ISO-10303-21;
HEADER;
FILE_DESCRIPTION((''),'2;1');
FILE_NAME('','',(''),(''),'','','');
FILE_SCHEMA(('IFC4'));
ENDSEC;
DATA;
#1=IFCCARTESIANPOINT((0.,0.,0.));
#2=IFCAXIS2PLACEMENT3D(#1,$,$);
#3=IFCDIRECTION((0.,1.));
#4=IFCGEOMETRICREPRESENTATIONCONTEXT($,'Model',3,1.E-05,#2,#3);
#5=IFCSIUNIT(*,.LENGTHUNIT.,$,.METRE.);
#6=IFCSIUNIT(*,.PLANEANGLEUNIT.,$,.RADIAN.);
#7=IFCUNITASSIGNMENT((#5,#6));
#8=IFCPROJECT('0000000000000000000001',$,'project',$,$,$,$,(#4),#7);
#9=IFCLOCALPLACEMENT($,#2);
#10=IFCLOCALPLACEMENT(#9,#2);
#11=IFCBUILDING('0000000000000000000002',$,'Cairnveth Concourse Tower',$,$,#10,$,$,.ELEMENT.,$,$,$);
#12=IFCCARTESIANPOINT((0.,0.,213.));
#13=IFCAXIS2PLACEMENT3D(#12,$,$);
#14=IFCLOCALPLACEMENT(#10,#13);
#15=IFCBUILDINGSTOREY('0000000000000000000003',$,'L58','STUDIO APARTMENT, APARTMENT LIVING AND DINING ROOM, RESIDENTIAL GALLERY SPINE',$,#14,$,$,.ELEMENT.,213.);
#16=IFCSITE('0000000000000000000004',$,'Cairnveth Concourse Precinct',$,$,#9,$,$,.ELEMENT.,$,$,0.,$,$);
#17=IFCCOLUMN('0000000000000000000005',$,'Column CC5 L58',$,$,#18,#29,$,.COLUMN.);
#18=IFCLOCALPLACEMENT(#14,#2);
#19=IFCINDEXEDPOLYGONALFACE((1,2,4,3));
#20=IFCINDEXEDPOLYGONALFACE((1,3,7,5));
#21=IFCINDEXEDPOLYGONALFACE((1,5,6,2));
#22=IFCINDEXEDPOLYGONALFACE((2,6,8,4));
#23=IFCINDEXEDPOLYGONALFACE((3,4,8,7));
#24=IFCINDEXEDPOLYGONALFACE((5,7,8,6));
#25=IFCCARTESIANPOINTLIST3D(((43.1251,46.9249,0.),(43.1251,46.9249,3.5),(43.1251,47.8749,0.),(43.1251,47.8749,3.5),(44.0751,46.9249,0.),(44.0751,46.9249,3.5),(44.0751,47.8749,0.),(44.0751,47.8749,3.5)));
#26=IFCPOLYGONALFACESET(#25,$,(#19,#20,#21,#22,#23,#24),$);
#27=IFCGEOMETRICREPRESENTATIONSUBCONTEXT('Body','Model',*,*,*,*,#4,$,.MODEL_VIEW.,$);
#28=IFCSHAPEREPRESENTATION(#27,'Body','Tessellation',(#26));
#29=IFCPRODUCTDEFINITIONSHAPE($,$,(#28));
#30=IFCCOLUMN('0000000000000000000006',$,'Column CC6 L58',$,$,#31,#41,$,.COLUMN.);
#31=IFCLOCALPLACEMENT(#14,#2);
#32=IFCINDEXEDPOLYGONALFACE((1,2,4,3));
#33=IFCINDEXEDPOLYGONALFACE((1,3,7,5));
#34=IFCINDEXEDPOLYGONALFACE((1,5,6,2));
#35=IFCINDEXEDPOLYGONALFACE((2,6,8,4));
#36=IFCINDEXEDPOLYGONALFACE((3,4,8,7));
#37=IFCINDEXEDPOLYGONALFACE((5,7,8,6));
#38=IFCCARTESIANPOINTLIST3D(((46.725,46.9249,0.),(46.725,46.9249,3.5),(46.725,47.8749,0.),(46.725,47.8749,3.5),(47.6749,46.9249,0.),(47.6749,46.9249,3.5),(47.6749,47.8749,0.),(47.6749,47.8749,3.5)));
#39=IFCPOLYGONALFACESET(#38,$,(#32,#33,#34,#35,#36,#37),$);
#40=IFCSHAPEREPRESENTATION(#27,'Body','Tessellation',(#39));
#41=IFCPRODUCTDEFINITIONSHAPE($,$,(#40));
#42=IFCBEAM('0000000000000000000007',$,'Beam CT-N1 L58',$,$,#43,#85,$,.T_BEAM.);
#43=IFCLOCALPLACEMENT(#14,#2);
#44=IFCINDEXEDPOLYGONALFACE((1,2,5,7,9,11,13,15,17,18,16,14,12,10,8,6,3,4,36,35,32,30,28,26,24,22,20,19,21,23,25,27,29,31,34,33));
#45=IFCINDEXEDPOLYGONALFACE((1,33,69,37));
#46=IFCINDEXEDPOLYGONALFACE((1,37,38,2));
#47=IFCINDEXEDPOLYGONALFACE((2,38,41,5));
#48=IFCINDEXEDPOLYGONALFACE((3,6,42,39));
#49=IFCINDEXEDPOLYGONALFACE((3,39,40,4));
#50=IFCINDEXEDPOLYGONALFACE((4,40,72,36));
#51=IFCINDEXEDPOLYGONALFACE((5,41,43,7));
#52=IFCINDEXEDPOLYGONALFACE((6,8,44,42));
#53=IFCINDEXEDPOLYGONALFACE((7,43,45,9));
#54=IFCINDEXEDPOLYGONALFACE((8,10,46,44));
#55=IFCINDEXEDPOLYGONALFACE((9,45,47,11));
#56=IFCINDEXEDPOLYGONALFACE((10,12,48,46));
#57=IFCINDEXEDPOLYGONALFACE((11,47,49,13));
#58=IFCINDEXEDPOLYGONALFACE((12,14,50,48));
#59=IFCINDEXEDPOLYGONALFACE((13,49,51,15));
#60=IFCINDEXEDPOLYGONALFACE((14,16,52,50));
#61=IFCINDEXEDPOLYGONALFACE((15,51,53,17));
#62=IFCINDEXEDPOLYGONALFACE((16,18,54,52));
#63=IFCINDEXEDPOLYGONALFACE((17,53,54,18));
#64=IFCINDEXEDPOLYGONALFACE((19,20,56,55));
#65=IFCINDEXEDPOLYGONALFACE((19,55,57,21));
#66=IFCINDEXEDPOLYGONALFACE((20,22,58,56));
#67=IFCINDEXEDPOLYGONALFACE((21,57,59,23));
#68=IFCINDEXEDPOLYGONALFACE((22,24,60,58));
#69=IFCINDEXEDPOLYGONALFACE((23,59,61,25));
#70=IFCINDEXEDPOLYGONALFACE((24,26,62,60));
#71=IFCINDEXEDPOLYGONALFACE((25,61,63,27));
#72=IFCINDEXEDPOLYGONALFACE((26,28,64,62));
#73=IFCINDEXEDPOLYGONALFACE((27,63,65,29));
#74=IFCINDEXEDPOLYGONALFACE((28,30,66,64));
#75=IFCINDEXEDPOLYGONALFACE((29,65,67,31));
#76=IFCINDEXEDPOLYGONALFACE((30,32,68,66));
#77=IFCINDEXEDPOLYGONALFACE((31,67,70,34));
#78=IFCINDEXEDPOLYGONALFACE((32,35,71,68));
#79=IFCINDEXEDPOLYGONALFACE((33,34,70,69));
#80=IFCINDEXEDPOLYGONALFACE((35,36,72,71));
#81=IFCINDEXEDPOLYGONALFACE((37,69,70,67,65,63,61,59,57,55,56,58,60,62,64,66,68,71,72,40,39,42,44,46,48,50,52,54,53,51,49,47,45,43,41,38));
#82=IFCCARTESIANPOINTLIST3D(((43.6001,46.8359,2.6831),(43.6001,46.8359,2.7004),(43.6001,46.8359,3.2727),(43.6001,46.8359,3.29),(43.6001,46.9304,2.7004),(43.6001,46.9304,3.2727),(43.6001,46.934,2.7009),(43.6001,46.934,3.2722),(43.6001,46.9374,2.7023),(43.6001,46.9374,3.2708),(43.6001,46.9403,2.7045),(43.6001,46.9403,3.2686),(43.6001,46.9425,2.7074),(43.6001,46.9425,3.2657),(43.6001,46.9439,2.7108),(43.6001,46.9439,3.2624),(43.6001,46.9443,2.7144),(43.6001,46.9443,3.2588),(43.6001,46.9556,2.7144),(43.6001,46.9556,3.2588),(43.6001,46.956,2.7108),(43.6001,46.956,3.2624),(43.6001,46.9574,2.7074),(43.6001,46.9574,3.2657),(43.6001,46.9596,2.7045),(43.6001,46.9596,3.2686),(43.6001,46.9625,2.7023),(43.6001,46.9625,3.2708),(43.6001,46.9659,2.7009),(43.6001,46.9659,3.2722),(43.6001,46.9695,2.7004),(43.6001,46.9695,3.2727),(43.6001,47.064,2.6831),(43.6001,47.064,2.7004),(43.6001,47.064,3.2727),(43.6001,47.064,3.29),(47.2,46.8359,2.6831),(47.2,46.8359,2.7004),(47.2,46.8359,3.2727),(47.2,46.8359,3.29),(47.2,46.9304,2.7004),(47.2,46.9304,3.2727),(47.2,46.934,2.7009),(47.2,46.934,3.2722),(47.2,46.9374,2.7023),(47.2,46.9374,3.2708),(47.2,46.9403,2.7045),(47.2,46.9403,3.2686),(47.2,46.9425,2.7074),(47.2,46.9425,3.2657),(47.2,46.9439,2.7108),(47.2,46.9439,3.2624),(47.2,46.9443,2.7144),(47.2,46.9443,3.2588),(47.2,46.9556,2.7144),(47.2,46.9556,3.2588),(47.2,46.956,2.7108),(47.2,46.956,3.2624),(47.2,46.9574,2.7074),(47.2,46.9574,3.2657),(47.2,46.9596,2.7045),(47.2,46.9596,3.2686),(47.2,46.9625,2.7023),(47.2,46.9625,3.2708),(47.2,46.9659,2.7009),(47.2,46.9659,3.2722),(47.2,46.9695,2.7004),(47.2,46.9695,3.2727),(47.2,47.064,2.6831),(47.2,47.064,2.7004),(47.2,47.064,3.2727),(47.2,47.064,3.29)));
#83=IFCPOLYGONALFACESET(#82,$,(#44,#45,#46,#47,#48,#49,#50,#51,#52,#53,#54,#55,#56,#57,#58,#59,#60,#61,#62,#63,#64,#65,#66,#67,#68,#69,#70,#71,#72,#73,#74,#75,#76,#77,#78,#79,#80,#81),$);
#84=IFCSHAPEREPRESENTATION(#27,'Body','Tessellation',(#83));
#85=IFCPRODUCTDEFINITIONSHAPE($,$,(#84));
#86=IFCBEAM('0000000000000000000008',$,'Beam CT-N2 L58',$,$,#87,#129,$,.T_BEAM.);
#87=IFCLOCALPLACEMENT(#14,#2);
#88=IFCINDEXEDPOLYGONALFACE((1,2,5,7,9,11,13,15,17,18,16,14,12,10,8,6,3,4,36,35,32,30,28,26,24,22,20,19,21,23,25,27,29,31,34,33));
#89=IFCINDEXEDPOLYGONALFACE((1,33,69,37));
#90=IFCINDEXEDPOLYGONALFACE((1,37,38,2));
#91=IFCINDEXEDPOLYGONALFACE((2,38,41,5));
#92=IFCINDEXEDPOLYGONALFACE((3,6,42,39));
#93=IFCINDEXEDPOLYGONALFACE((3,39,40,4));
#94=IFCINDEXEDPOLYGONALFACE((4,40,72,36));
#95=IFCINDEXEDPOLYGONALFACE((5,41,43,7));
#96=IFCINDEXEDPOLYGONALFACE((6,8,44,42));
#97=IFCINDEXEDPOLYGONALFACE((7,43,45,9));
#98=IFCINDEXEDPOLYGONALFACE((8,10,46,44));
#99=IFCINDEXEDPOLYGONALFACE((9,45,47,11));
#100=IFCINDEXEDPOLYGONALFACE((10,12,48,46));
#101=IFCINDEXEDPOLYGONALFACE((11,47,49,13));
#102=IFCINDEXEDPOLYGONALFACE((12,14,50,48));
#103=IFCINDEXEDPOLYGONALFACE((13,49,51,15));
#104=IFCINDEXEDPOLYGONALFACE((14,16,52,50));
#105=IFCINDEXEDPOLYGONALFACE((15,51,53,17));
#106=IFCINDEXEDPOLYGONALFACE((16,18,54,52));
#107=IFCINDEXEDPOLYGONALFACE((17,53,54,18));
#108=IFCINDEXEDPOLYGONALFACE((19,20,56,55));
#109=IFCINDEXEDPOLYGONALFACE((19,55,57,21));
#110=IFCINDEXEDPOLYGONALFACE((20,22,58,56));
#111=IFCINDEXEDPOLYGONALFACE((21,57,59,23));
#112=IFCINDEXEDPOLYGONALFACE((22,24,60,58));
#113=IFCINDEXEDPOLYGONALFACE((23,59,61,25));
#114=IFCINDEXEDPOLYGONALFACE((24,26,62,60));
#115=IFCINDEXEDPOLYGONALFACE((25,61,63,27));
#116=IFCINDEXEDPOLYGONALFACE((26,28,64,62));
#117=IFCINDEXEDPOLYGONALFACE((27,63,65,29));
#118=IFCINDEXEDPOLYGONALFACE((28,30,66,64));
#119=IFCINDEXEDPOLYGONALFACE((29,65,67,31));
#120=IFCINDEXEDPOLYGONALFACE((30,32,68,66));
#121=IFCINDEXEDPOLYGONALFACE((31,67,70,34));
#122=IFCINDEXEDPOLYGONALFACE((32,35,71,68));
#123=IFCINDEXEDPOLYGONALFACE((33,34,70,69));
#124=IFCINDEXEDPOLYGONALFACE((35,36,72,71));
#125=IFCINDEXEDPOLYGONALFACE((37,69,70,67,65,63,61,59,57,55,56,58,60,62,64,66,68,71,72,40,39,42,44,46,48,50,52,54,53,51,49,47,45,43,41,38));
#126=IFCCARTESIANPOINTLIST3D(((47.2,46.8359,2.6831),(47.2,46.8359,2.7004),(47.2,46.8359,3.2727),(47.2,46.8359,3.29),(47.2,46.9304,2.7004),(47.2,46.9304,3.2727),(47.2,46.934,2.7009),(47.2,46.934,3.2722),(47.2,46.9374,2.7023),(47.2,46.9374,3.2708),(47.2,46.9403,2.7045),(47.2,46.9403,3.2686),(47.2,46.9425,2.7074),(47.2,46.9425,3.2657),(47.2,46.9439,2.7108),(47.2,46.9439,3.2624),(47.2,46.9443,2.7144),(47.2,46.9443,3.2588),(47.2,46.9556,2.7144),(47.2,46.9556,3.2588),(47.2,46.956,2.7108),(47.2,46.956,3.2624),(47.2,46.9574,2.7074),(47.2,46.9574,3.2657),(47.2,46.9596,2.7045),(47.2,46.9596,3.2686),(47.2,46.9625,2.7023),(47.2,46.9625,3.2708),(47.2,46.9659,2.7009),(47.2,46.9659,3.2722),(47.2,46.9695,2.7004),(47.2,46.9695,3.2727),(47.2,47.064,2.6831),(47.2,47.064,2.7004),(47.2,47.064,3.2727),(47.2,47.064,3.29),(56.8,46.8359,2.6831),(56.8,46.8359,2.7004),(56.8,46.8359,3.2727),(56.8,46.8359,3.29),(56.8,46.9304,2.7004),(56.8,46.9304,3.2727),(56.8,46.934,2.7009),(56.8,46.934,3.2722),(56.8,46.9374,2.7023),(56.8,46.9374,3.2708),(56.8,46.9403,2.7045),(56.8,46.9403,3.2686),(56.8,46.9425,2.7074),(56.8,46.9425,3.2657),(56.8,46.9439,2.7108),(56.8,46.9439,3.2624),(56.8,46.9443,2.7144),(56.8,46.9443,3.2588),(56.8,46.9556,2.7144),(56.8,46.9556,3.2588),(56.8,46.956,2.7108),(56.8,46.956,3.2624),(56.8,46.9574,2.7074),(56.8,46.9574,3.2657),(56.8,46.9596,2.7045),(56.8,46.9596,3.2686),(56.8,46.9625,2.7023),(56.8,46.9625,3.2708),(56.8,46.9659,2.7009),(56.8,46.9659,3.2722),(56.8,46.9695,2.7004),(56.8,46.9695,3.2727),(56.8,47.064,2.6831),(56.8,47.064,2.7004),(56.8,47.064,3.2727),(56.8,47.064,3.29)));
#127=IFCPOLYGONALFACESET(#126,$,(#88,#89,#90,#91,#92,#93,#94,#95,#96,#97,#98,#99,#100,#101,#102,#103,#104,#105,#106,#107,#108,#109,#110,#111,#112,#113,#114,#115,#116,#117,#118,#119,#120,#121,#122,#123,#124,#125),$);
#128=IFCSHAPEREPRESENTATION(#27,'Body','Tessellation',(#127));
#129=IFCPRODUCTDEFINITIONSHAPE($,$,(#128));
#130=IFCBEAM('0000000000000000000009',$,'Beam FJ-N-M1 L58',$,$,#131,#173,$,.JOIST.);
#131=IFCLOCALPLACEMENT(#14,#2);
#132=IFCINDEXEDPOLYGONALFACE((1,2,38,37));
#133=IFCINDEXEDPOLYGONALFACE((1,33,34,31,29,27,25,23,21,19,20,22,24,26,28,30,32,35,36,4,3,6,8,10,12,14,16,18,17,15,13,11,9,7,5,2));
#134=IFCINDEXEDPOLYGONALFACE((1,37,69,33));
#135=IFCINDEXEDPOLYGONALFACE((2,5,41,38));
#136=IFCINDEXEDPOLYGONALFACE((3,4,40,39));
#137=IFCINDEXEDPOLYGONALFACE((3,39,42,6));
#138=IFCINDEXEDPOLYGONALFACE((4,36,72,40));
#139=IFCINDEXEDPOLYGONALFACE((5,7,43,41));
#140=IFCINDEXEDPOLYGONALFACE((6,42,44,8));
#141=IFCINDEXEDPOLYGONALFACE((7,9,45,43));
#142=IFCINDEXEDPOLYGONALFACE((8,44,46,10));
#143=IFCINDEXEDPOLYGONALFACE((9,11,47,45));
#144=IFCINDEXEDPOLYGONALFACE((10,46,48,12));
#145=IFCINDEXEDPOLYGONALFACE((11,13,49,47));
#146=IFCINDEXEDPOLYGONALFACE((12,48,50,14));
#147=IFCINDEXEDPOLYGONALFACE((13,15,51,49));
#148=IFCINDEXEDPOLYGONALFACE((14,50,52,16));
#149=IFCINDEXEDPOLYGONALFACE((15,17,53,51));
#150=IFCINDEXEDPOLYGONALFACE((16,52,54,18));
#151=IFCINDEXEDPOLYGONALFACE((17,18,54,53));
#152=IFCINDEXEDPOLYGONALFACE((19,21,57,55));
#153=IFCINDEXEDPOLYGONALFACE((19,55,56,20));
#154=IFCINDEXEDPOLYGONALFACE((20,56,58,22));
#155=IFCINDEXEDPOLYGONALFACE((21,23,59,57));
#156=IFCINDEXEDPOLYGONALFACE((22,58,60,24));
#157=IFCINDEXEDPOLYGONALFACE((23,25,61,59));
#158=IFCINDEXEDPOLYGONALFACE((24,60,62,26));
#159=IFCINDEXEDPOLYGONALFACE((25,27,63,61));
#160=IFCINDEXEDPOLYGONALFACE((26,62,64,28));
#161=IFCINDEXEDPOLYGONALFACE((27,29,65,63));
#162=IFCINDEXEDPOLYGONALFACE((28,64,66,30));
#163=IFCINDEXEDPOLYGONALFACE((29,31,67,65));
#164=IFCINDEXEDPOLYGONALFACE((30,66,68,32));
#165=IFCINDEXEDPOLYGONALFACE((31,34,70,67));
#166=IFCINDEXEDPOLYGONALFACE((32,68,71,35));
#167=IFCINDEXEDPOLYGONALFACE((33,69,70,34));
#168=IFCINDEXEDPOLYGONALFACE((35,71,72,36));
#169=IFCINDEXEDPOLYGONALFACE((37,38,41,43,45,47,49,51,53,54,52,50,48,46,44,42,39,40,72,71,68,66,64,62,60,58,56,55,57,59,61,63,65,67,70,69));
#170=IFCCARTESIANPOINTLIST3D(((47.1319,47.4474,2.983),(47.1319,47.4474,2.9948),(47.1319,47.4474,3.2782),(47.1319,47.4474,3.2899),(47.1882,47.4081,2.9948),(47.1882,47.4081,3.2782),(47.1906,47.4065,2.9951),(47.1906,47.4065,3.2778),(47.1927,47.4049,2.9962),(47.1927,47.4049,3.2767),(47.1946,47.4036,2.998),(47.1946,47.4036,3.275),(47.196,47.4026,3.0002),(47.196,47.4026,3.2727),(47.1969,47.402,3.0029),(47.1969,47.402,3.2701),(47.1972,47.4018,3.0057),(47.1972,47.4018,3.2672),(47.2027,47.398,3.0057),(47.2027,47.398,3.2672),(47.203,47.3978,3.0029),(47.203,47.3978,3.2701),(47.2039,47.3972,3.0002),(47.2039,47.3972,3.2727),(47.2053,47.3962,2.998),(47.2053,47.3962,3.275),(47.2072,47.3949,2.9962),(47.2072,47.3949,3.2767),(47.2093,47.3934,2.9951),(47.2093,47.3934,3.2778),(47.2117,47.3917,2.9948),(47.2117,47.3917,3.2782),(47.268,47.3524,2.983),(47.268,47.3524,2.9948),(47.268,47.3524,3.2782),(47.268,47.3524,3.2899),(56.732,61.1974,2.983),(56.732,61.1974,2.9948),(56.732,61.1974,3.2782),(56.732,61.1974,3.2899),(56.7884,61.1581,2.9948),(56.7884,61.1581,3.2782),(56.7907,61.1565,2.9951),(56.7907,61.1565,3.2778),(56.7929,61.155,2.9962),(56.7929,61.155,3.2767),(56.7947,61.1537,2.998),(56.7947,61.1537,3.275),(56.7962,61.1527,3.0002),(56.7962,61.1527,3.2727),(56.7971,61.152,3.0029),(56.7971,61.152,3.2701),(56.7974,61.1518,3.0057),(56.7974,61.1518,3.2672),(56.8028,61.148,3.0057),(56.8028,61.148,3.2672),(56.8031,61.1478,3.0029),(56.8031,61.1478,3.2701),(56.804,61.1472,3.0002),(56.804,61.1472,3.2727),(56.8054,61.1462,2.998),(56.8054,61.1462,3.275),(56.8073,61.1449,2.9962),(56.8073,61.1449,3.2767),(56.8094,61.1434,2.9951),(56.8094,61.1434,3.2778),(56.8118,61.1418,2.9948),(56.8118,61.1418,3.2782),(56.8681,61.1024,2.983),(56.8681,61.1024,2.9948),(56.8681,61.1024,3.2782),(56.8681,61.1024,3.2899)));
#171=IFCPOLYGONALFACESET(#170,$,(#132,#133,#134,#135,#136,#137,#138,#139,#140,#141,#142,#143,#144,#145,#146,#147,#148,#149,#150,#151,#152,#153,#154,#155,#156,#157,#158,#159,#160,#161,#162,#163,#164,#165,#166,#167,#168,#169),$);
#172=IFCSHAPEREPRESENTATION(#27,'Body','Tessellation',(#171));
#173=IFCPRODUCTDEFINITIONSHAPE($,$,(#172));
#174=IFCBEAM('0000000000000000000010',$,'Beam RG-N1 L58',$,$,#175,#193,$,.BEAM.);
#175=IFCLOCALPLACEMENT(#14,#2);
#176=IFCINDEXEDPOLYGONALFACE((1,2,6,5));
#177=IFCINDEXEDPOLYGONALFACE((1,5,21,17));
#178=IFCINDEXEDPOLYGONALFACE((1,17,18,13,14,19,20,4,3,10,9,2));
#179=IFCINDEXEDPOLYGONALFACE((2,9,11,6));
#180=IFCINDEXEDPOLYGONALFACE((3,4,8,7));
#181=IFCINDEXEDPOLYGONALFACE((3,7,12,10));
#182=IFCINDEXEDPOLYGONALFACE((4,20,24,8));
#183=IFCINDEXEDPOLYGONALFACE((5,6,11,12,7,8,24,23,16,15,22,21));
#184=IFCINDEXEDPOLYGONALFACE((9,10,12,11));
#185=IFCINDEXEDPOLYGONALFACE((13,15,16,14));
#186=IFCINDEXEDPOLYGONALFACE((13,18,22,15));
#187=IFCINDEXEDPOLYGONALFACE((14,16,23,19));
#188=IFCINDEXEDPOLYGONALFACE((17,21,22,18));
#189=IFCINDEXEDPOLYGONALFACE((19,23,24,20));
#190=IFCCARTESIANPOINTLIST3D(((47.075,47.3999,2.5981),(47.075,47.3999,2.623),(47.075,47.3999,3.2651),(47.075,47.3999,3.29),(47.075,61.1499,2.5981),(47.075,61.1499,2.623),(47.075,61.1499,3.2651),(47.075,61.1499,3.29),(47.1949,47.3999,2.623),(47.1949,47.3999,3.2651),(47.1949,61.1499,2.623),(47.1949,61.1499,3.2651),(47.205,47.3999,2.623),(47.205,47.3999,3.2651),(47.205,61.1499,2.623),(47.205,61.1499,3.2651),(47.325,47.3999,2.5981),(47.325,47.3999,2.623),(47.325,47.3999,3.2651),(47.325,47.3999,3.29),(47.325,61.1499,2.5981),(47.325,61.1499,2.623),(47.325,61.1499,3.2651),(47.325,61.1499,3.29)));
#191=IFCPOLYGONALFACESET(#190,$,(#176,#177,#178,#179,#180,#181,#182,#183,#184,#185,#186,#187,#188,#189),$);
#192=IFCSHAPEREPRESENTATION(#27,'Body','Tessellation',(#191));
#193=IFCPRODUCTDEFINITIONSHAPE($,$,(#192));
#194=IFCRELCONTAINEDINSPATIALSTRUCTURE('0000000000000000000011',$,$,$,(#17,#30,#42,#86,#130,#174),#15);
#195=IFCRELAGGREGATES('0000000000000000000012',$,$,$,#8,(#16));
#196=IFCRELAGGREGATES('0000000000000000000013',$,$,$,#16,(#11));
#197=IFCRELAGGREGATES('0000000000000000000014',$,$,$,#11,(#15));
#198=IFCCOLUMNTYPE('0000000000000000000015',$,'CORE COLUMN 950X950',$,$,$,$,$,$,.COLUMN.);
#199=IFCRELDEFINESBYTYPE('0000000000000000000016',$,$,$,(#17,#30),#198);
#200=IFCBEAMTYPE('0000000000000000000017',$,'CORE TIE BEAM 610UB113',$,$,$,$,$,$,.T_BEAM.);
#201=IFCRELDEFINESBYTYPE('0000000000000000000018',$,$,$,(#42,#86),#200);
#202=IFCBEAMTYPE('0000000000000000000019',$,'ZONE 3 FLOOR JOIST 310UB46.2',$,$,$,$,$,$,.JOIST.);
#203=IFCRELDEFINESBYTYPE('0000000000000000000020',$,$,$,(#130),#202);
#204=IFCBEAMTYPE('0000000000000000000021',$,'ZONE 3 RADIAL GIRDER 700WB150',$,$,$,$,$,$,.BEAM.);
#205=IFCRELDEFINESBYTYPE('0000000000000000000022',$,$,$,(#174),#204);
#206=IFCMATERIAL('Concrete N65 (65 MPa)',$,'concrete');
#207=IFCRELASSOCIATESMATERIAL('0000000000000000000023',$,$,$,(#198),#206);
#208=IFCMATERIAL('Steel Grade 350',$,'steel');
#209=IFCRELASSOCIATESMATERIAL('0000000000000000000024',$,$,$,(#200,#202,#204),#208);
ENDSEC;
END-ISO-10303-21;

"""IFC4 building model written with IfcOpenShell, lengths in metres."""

from ifc_helpers import new_model, si_unit, direction, frame, origin, origin_2d, place, context, subcontext, project, spatial, rectangle, i_section, extrude, material, material_profile, profile_set, type_object, element, save


model = new_model("IFC4")

# Units and contexts
model_context = context("Model", 3, precision=1e-05, world=origin(), true_north=direction((0.0, 1.0)))
body_context = subcontext(model_context, "Body", "Model", "MODEL_VIEW")
ifc_project = project(units=[si_unit("LENGTHUNIT", "METRE"), si_unit("PLANEANGLEUNIT", "RADIAN")], contexts=[model_context])

# Site, building, storey
site_placement = place(None, origin())
site = spatial("IfcSite", under=ifc_project, at=site_placement, Name="Cairnveth Concourse Precinct", CompositionType="ELEMENT", RefElevation=0.0)
building_placement = place(site_placement, origin())
building = spatial("IfcBuilding", under=site, at=building_placement, Name="Cairnveth Concourse Tower", CompositionType="ELEMENT")
storey_placement = place(building_placement, frame((0.0, 0.0, 213.0)))
storey = spatial("IfcBuildingStorey", under=building, at=storey_placement, Name="L58", Description="STUDIO APARTMENT, APARTMENT LIVING AND DINING ROOM, RESIDENTIAL GALLERY SPINE", CompositionType="ELEMENT", Elevation=213.0)

# Columns
ifc_material_1 = material(Name="Concrete N65 (65 MPa)", Category="concrete")
ifc_material_profile_1 = material_profile(ifc_material_1, rectangle(XDim=0.95, YDim=0.95, at=origin_2d()), Name="RC-COL-950x950")
ifc_profile_set_1 = profile_set([ifc_material_profile_1], Name="Concrete N65 (65 MPa)")
column_type = type_object("IfcColumnType", Name="CORE COLUMN 950X950", PredefinedType="COLUMN", material=ifc_profile_set_1)
for number, where, z_axis, x_axis, name in (
    (1, (43.6001, 47.3999, 0.0), (0.0, 0.0, 1.0), (1.0, 0.0, 0.0), "Column CC5 L58"),
    (2, (47.2, 47.3999, 0.0), (0.0, 0.0, 1.0), (1.0, 0.0, 0.0), "Column CC6 L58"),
):
    element("IfcColumn", number, at=place(storey_placement, frame(where, z_axis=z_axis, x_axis=x_axis)), inside=storey, type_object=column_type, Name=name, PredefinedType="COLUMN", context=body_context, shape_type="SweptSolid", body=[
        extrude(rectangle(XDim=0.95, YDim=0.95, at=origin_2d()), origin(), (0.0, 0.0, 1.0), 3.5),
    ])

# Beams
ifc_material_2 = material(Name="Steel Grade 350", Category="steel")
ifc_material_profile_2 = material_profile(ifc_material_2, i_section(OverallWidth=0.228, OverallDepth=0.6069, WebThickness=0.0112, FlangeThickness=0.0173, FilletRadius=0.0139, at=origin_2d()), Name="610UB113")
ifc_profile_set_2 = profile_set([ifc_material_profile_2], Name="Steel Grade 350")
beam_type_1 = type_object("IfcBeamType", Name="CORE TIE BEAM 610UB113", PredefinedType="T_BEAM", material=ifc_profile_set_2)
beam_1_placement = place(storey_placement, frame((43.6001, 46.95, 2.9866), z_axis=(1.0, 0.0, 0.0), x_axis=(0.0, 1.0, 0.0)))
element("IfcBeam", 3, at=beam_1_placement, inside=storey, type_object=beam_type_1, Name="Beam CT-N1 L58", PredefinedType="T_BEAM", context=body_context, shape_type="SweptSolid", body=[
    extrude(i_section(OverallWidth=0.228, OverallDepth=0.6069, WebThickness=0.0112, FlangeThickness=0.0173, FilletRadius=0.0139, at=origin_2d()), origin(), (0.0, 0.0, 1.0), 3.5999),
])
beam_2_placement = place(storey_placement, frame((47.2, 46.95, 2.9866), z_axis=(1.0, 0.0, 0.0), x_axis=(0.0, 1.0, 0.0)))
element("IfcBeam", 4, at=beam_2_placement, inside=storey, type_object=beam_type_1, Name="Beam CT-N2 L58", PredefinedType="T_BEAM", context=body_context, shape_type="SweptSolid", body=[
    extrude(i_section(OverallWidth=0.228, OverallDepth=0.6069, WebThickness=0.0112, FlangeThickness=0.0173, FilletRadius=0.0139, at=origin_2d()), origin(), (0.0, 0.0, 1.0), 9.6001),
])
ifc_material_profile_3 = material_profile(ifc_material_2, i_section(OverallWidth=0.166, OverallDepth=0.3069, WebThickness=0.0066, FlangeThickness=0.0117, FilletRadius=0.011, at=origin_2d()), Name="310UB46.2")
ifc_profile_set_3 = profile_set([ifc_material_profile_3], Name="Steel Grade 350")
beam_type_2 = type_object("IfcBeamType", Name="ZONE 3 FLOOR JOIST 310UB46.2", PredefinedType="JOIST", material=ifc_profile_set_3)
beam_3_placement = place(storey_placement, frame((47.2, 47.3999, 3.1365), z_axis=(0.572465, 0.819929, 0.0), x_axis=(-0.819929, 0.572465, 0.0)))
element("IfcBeam", 5, at=beam_3_placement, inside=storey, type_object=beam_type_2, Name="Beam FJ-N-M1 L58", PredefinedType="JOIST", context=body_context, shape_type="SweptSolid", body=[
    extrude(i_section(OverallWidth=0.166, OverallDepth=0.3069, WebThickness=0.0066, FlangeThickness=0.0117, FilletRadius=0.011, at=origin_2d()), origin(), (0.0, 0.0, 1.0), 16.7698),
])
ifc_material_profile_4 = material_profile(ifc_material_2, i_section(OverallWidth=0.25, OverallDepth=0.6919, WebThickness=0.01, FlangeThickness=0.0249, at=origin_2d()), Name="700WB150")
ifc_profile_set_4 = profile_set([ifc_material_profile_4], Name="Steel Grade 350")
beam_type_3 = type_object("IfcBeamType", Name="ZONE 3 RADIAL GIRDER 700WB150", PredefinedType="BEAM", material=ifc_profile_set_4)
beam_4_placement = place(storey_placement, frame((47.2, 47.3999, 2.9441), z_axis=(0.0, 1.0, 0.0), x_axis=(-1.0, 0.0, 0.0)))
element("IfcBeam", 6, at=beam_4_placement, inside=storey, type_object=beam_type_3, Name="Beam RG-N1 L58", PredefinedType="BEAM", context=body_context, shape_type="SweptSolid", body=[
    extrude(i_section(OverallWidth=0.25, OverallDepth=0.6919, WebThickness=0.01, FlangeThickness=0.0249, at=origin_2d()), origin(), (0.0, 0.0, 1.0), 13.75),
])

save(model, "model.ifc")
